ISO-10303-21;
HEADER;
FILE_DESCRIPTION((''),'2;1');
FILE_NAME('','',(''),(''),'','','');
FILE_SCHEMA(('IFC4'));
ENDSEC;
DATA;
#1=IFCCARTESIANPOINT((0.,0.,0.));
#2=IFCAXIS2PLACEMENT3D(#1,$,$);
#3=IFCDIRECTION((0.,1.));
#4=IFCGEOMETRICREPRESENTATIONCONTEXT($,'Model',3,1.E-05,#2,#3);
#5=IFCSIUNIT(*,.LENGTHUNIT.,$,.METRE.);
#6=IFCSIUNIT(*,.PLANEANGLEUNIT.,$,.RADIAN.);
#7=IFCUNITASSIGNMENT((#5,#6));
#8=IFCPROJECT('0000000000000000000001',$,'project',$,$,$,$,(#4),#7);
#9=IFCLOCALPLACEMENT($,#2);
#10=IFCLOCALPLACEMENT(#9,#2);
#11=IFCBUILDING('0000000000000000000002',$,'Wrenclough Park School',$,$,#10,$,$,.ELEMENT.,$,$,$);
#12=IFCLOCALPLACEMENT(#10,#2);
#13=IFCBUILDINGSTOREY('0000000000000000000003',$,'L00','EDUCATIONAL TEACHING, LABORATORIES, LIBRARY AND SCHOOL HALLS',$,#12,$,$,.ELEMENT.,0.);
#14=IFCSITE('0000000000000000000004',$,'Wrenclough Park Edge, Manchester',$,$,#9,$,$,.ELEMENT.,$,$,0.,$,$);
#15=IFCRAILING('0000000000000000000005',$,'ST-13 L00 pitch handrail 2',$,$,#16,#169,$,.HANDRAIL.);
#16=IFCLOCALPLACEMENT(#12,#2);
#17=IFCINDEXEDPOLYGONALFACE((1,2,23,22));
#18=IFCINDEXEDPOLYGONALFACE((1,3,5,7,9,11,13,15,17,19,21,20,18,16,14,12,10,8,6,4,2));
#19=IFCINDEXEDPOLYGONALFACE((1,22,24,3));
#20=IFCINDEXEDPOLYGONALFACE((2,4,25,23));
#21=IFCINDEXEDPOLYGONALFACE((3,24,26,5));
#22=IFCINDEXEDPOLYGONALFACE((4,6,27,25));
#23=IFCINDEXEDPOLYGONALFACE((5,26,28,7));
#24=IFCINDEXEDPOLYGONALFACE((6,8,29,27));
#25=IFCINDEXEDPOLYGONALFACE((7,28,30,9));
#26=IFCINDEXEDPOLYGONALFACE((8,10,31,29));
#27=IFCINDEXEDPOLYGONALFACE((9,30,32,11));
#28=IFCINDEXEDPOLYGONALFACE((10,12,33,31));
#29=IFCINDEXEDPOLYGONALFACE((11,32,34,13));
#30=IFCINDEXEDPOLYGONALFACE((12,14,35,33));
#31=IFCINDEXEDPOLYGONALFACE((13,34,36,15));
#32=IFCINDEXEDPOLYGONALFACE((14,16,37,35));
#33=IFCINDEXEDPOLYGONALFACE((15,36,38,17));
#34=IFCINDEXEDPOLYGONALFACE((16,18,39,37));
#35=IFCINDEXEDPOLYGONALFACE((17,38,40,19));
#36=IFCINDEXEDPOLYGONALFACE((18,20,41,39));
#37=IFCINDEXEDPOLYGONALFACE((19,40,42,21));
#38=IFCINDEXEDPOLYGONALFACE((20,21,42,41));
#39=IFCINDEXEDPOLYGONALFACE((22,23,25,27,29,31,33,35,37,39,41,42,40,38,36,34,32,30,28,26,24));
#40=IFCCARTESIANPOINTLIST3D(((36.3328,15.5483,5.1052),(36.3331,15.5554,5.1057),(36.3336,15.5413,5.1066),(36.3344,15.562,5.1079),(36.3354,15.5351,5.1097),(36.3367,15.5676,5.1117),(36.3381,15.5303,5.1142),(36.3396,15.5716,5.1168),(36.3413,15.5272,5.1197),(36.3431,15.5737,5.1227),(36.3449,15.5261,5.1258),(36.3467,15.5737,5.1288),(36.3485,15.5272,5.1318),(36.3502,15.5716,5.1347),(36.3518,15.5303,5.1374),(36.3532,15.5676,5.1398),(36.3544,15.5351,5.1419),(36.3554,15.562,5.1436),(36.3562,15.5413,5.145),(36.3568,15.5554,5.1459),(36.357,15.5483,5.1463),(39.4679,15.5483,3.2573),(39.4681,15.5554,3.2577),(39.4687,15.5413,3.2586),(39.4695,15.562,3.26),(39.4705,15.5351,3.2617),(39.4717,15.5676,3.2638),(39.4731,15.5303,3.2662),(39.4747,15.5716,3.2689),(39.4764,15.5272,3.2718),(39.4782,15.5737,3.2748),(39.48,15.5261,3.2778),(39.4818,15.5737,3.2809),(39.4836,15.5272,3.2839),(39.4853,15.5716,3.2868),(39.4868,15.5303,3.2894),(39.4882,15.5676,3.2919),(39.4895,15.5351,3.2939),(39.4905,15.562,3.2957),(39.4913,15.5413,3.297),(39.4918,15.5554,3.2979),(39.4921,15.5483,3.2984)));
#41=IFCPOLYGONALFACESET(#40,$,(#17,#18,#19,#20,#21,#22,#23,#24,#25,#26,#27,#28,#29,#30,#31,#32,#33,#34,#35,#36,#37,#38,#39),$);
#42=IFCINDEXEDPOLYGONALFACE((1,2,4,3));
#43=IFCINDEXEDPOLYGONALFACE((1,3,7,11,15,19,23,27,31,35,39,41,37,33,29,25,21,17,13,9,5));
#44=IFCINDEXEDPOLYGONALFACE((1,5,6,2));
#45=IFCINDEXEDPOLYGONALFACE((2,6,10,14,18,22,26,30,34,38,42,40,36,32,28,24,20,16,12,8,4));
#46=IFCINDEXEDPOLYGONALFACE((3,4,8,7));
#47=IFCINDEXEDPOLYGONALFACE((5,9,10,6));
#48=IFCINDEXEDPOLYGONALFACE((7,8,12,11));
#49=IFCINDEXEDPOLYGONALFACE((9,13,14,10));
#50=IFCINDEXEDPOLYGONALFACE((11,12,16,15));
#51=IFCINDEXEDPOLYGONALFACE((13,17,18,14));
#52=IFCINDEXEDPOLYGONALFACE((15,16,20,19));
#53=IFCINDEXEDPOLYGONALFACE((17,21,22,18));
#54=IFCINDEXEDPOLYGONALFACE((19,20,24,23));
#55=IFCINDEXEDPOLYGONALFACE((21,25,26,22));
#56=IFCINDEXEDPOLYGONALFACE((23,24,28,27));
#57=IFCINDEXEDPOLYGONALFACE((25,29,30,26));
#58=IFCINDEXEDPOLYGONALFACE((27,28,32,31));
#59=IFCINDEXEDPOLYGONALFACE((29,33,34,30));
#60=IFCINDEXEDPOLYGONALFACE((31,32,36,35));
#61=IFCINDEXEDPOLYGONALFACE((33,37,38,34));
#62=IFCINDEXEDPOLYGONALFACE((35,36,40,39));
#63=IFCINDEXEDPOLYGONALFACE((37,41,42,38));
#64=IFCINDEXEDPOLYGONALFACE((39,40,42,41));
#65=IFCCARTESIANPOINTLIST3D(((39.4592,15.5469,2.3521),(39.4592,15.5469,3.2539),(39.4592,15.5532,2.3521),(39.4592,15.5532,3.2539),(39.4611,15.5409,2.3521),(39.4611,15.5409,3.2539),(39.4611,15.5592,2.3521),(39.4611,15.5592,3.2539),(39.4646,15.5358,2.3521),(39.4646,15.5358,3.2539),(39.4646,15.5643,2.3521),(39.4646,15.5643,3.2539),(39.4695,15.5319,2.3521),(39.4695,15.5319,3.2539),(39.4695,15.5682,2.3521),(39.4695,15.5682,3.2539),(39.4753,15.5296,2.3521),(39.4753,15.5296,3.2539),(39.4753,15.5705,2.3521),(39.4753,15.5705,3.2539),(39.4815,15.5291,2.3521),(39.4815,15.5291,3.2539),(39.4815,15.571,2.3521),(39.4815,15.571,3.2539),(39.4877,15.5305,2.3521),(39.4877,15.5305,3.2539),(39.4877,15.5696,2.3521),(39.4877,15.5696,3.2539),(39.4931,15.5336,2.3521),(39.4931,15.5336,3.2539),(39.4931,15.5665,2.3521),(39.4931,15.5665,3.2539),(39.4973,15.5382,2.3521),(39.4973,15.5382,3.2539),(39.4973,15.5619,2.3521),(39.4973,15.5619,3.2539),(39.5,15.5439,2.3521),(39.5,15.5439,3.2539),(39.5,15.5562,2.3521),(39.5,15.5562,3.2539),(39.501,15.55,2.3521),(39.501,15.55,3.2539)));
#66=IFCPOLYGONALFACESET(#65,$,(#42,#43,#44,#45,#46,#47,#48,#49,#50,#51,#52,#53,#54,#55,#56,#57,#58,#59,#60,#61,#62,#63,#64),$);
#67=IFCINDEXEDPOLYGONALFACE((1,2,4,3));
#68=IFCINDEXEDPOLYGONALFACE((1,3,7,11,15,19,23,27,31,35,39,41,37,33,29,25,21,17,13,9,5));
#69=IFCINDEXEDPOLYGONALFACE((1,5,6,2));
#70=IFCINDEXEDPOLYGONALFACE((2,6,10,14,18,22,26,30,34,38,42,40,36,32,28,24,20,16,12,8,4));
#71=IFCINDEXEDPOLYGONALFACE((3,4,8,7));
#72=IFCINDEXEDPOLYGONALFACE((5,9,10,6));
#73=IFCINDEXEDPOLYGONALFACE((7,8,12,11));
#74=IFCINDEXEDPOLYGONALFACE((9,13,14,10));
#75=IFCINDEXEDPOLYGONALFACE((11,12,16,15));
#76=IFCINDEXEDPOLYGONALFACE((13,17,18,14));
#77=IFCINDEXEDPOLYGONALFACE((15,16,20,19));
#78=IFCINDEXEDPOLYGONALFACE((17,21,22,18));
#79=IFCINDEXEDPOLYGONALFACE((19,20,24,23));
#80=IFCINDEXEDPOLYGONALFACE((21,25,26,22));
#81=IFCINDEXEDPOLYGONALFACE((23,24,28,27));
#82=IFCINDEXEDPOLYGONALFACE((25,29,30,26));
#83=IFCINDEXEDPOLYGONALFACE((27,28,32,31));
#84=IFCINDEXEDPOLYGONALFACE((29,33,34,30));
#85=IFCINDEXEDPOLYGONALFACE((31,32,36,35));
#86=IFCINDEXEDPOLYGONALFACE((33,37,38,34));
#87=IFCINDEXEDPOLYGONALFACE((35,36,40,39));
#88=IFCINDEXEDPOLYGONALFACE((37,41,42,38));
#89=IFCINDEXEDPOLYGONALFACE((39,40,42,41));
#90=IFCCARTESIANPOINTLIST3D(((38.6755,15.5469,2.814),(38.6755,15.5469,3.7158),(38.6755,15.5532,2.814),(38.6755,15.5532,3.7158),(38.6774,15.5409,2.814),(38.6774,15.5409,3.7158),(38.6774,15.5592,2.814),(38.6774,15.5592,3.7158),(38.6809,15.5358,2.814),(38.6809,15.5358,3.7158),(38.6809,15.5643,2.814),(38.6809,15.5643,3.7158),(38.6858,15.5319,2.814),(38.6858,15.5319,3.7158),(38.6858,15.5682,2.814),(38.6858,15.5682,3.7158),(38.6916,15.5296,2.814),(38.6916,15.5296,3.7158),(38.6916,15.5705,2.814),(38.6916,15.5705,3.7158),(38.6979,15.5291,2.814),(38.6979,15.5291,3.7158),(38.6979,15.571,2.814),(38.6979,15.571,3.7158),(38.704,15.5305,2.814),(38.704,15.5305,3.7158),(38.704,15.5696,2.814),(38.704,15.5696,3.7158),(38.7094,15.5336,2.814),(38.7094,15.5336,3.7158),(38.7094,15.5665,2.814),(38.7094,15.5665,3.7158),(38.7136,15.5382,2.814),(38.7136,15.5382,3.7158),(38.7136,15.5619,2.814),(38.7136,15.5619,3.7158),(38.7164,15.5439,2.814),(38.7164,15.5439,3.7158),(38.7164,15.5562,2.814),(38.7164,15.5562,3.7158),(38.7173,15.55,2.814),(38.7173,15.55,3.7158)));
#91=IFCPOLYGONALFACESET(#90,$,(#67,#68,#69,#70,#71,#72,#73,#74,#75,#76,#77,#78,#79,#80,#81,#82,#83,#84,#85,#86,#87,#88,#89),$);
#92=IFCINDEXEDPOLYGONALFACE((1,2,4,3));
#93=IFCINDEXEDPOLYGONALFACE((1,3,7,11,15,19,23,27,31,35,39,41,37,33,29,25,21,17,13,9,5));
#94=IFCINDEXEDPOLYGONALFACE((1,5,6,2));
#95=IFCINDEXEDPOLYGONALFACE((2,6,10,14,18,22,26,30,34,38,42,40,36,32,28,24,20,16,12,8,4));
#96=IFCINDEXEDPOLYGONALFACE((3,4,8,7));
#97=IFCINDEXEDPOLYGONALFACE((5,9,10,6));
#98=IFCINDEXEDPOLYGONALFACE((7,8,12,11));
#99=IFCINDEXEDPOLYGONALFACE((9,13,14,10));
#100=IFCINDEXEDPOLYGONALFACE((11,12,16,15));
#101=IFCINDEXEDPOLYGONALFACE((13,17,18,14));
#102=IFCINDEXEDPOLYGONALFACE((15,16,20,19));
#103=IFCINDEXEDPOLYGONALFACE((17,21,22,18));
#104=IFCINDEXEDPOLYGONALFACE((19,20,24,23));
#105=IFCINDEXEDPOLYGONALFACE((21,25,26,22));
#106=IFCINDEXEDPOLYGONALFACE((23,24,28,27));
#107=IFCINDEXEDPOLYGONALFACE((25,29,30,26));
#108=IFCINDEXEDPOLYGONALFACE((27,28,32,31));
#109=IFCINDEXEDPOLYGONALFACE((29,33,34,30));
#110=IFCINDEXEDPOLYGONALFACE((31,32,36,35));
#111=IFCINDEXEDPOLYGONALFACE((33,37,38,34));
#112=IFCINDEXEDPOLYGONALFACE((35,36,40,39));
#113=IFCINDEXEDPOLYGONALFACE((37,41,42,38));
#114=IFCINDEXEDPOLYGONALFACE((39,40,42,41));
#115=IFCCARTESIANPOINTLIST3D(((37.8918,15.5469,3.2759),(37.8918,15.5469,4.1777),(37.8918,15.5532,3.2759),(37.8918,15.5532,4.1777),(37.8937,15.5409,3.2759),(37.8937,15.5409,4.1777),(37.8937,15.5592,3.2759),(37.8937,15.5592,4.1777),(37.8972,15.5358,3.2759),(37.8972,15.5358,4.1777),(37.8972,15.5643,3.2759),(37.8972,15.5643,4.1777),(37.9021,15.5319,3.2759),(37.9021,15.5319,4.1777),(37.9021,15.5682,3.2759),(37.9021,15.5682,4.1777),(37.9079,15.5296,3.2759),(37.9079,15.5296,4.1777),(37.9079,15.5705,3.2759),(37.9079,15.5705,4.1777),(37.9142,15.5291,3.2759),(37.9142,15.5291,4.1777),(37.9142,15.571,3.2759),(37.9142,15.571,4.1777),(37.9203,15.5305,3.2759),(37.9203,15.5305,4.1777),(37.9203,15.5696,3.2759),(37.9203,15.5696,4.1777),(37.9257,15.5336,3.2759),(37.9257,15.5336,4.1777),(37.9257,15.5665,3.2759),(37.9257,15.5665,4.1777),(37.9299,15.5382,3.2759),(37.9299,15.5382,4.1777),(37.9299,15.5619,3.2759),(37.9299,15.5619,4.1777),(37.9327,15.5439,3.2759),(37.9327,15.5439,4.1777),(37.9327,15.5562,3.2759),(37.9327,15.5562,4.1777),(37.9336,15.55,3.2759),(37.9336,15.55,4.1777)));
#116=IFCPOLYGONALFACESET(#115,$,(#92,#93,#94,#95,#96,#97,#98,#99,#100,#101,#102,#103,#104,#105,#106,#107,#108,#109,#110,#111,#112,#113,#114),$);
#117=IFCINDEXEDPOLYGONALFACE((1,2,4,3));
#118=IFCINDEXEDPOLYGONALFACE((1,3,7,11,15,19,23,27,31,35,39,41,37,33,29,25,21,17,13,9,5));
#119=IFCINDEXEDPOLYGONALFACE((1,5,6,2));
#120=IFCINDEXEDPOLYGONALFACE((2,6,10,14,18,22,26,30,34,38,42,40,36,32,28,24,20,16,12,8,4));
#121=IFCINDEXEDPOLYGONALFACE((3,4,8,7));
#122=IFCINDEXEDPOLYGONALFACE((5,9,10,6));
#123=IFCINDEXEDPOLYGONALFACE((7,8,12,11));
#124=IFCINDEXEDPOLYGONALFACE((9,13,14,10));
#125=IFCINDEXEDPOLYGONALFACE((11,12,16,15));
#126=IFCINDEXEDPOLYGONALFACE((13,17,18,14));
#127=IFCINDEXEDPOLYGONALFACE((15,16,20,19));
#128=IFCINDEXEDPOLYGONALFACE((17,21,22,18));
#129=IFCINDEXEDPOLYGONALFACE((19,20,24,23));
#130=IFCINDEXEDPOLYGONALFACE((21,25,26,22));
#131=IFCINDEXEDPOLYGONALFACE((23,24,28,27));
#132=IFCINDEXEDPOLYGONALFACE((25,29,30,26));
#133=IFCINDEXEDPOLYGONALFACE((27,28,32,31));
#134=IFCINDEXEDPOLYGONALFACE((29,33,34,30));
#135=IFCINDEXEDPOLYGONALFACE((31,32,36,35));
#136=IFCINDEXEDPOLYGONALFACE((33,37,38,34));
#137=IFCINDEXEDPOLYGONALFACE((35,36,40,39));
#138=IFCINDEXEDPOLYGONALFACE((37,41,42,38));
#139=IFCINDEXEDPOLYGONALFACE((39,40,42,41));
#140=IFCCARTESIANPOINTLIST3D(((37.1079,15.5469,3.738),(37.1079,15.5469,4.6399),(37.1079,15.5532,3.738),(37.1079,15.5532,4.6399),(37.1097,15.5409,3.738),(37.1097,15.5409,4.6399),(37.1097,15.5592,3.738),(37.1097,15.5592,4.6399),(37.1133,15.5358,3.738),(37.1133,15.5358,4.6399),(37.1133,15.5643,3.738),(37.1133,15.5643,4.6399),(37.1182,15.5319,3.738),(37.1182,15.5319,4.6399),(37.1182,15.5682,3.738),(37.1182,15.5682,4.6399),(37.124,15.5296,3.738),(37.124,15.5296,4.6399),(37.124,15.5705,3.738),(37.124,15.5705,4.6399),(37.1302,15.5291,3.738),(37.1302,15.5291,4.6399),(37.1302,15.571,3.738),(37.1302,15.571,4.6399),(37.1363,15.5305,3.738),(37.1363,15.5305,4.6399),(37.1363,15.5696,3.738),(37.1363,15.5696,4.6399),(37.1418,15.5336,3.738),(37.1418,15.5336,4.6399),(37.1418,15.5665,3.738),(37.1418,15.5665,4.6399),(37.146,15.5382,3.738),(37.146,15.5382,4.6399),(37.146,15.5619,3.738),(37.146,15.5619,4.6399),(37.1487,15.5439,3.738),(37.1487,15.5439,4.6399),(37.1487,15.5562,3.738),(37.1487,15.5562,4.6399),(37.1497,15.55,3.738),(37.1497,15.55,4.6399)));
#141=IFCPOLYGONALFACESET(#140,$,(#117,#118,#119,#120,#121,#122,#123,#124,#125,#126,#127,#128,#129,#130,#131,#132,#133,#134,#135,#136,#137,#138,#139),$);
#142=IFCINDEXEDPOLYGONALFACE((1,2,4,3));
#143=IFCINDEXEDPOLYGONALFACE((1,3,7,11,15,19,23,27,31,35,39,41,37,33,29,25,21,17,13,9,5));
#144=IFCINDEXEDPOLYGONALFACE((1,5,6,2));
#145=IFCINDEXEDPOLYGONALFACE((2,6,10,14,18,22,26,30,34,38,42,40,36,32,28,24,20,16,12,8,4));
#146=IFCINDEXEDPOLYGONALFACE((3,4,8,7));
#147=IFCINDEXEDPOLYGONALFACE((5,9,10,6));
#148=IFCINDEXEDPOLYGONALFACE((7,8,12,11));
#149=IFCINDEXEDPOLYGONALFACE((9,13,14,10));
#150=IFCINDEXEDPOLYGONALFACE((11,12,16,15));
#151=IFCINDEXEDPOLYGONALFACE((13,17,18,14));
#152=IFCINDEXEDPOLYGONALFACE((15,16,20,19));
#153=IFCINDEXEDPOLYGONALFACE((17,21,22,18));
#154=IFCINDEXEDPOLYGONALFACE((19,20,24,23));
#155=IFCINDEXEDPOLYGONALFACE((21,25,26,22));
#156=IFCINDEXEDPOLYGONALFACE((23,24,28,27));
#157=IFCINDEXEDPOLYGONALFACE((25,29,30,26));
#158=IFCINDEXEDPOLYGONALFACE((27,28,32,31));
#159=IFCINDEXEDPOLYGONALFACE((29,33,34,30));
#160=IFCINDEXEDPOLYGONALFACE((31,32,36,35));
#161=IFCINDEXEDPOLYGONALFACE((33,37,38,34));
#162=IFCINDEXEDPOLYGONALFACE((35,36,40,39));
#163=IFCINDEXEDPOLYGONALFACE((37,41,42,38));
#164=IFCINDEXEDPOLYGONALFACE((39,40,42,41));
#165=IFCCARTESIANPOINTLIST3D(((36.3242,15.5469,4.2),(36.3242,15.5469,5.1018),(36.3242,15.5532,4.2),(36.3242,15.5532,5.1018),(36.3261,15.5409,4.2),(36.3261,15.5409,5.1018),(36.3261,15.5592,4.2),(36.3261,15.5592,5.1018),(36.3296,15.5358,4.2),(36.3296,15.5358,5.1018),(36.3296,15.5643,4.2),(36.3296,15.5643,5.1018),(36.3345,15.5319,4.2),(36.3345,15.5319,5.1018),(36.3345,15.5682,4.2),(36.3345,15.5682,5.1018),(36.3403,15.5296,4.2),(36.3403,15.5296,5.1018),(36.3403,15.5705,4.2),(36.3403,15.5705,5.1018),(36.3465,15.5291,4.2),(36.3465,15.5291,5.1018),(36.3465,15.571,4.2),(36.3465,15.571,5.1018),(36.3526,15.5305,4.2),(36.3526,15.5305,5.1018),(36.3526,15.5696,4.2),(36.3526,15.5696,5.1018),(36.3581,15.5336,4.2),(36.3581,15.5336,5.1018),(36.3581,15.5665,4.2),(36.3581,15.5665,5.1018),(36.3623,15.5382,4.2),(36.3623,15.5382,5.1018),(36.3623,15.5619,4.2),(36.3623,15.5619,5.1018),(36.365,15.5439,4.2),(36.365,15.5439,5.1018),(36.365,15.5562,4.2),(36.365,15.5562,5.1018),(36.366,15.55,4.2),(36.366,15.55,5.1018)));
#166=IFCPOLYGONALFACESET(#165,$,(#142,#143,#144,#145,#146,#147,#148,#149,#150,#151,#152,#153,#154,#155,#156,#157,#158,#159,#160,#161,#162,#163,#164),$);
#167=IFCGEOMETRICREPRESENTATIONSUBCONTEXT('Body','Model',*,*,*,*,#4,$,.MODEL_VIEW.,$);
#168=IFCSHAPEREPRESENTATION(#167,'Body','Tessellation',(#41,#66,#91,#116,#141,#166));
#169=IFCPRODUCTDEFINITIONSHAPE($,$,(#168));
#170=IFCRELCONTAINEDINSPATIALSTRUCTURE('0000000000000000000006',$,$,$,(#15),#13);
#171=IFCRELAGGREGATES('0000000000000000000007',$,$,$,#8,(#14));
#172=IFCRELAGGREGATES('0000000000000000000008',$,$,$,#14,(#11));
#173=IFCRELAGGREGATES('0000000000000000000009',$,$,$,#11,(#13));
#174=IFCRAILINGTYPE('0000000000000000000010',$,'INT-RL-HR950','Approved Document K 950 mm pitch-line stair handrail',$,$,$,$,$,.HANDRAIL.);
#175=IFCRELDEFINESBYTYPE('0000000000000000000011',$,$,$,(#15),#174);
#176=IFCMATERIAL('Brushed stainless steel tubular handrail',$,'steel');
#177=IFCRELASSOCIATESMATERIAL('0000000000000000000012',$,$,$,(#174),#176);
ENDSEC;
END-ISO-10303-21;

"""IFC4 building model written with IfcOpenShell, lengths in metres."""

from ifc_helpers import new_model, si_unit, direction, frame, origin, origin_2d, place, context, subcontext, project, spatial, circle, extrude, material, type_object, element, save


model = new_model("IFC4")

# Units and contexts
model_context = context("Model", 3, precision=1e-05, world=origin(), true_north=direction((0.0, 1.0)))
body_context = subcontext(model_context, "Body", "Model", "MODEL_VIEW")
ifc_project = project(units=[si_unit("LENGTHUNIT", "METRE"), si_unit("PLANEANGLEUNIT", "RADIAN")], contexts=[model_context])

# Site, building, storey
site_placement = place(None, origin())
site = spatial("IfcSite", under=ifc_project, at=site_placement, Name="Wrenclough Park Edge, Manchester", CompositionType="ELEMENT", RefElevation=0.0)
building_placement = place(site_placement, origin())
building = spatial("IfcBuilding", under=site, at=building_placement, Name="Wrenclough Park School", CompositionType="ELEMENT")
storey_placement = place(building_placement, origin())
storey = spatial("IfcBuildingStorey", under=building, at=storey_placement, Name="L00", Description="EDUCATIONAL TEACHING, LABORATORIES, LIBRARY AND SCHOOL HALLS", CompositionType="ELEMENT", Elevation=0.0)

# Railing
ifc_material_1 = material(Name="Brushed stainless steel tubular handrail", Category="steel")
railing_type_1 = type_object("IfcRailingType", Name="INT-RL-HR950", Description="Approved Document K 950 mm pitch-line stair handrail", PredefinedType="HANDRAIL", material=ifc_material_1)
railing_1_placement = place(storey_placement, frame((39.48, 15.55, 2.3521)))
element("IfcRailing", 1, at=railing_1_placement, inside=storey, type_object=railing_type_1, Name="ST-13 L00 pitch handrail 2", PredefinedType="HANDRAIL", context=body_context, shape_type="SweptSolid", body=[
    extrude(circle(Radius=0.0239, at=origin_2d()), frame((0.0, 0.0, 0.9258), z_axis=(-0.86148, 0.0, 0.507791), x_axis=(0.0, -1.0, 0.0)), (0.0, 0.0, 1.0), 3.6392),
    extrude(circle(Radius=0.021, at=origin_2d()), origin(), (0.0, 0.0, 1.0), 0.9019),
    extrude(circle(Radius=0.021, at=origin_2d()), frame((-0.7837, 0.0, 0.4619)), (0.0, 0.0, 1.0), 0.9019),
    extrude(circle(Radius=0.021, at=origin_2d()), frame((-1.5674, 0.0, 0.9238)), (0.0, 0.0, 1.0), 0.9019),
    extrude(circle(Radius=0.021, at=origin_2d()), frame((-2.3513, 0.0, 1.386)), (0.0, 0.0, 1.0), 0.9019),
    extrude(circle(Radius=0.021, at=origin_2d()), frame((-3.135, 0.0, 1.8479)), (0.0, 0.0, 1.0), 0.9019),
])

save(model, "model.ifc")
